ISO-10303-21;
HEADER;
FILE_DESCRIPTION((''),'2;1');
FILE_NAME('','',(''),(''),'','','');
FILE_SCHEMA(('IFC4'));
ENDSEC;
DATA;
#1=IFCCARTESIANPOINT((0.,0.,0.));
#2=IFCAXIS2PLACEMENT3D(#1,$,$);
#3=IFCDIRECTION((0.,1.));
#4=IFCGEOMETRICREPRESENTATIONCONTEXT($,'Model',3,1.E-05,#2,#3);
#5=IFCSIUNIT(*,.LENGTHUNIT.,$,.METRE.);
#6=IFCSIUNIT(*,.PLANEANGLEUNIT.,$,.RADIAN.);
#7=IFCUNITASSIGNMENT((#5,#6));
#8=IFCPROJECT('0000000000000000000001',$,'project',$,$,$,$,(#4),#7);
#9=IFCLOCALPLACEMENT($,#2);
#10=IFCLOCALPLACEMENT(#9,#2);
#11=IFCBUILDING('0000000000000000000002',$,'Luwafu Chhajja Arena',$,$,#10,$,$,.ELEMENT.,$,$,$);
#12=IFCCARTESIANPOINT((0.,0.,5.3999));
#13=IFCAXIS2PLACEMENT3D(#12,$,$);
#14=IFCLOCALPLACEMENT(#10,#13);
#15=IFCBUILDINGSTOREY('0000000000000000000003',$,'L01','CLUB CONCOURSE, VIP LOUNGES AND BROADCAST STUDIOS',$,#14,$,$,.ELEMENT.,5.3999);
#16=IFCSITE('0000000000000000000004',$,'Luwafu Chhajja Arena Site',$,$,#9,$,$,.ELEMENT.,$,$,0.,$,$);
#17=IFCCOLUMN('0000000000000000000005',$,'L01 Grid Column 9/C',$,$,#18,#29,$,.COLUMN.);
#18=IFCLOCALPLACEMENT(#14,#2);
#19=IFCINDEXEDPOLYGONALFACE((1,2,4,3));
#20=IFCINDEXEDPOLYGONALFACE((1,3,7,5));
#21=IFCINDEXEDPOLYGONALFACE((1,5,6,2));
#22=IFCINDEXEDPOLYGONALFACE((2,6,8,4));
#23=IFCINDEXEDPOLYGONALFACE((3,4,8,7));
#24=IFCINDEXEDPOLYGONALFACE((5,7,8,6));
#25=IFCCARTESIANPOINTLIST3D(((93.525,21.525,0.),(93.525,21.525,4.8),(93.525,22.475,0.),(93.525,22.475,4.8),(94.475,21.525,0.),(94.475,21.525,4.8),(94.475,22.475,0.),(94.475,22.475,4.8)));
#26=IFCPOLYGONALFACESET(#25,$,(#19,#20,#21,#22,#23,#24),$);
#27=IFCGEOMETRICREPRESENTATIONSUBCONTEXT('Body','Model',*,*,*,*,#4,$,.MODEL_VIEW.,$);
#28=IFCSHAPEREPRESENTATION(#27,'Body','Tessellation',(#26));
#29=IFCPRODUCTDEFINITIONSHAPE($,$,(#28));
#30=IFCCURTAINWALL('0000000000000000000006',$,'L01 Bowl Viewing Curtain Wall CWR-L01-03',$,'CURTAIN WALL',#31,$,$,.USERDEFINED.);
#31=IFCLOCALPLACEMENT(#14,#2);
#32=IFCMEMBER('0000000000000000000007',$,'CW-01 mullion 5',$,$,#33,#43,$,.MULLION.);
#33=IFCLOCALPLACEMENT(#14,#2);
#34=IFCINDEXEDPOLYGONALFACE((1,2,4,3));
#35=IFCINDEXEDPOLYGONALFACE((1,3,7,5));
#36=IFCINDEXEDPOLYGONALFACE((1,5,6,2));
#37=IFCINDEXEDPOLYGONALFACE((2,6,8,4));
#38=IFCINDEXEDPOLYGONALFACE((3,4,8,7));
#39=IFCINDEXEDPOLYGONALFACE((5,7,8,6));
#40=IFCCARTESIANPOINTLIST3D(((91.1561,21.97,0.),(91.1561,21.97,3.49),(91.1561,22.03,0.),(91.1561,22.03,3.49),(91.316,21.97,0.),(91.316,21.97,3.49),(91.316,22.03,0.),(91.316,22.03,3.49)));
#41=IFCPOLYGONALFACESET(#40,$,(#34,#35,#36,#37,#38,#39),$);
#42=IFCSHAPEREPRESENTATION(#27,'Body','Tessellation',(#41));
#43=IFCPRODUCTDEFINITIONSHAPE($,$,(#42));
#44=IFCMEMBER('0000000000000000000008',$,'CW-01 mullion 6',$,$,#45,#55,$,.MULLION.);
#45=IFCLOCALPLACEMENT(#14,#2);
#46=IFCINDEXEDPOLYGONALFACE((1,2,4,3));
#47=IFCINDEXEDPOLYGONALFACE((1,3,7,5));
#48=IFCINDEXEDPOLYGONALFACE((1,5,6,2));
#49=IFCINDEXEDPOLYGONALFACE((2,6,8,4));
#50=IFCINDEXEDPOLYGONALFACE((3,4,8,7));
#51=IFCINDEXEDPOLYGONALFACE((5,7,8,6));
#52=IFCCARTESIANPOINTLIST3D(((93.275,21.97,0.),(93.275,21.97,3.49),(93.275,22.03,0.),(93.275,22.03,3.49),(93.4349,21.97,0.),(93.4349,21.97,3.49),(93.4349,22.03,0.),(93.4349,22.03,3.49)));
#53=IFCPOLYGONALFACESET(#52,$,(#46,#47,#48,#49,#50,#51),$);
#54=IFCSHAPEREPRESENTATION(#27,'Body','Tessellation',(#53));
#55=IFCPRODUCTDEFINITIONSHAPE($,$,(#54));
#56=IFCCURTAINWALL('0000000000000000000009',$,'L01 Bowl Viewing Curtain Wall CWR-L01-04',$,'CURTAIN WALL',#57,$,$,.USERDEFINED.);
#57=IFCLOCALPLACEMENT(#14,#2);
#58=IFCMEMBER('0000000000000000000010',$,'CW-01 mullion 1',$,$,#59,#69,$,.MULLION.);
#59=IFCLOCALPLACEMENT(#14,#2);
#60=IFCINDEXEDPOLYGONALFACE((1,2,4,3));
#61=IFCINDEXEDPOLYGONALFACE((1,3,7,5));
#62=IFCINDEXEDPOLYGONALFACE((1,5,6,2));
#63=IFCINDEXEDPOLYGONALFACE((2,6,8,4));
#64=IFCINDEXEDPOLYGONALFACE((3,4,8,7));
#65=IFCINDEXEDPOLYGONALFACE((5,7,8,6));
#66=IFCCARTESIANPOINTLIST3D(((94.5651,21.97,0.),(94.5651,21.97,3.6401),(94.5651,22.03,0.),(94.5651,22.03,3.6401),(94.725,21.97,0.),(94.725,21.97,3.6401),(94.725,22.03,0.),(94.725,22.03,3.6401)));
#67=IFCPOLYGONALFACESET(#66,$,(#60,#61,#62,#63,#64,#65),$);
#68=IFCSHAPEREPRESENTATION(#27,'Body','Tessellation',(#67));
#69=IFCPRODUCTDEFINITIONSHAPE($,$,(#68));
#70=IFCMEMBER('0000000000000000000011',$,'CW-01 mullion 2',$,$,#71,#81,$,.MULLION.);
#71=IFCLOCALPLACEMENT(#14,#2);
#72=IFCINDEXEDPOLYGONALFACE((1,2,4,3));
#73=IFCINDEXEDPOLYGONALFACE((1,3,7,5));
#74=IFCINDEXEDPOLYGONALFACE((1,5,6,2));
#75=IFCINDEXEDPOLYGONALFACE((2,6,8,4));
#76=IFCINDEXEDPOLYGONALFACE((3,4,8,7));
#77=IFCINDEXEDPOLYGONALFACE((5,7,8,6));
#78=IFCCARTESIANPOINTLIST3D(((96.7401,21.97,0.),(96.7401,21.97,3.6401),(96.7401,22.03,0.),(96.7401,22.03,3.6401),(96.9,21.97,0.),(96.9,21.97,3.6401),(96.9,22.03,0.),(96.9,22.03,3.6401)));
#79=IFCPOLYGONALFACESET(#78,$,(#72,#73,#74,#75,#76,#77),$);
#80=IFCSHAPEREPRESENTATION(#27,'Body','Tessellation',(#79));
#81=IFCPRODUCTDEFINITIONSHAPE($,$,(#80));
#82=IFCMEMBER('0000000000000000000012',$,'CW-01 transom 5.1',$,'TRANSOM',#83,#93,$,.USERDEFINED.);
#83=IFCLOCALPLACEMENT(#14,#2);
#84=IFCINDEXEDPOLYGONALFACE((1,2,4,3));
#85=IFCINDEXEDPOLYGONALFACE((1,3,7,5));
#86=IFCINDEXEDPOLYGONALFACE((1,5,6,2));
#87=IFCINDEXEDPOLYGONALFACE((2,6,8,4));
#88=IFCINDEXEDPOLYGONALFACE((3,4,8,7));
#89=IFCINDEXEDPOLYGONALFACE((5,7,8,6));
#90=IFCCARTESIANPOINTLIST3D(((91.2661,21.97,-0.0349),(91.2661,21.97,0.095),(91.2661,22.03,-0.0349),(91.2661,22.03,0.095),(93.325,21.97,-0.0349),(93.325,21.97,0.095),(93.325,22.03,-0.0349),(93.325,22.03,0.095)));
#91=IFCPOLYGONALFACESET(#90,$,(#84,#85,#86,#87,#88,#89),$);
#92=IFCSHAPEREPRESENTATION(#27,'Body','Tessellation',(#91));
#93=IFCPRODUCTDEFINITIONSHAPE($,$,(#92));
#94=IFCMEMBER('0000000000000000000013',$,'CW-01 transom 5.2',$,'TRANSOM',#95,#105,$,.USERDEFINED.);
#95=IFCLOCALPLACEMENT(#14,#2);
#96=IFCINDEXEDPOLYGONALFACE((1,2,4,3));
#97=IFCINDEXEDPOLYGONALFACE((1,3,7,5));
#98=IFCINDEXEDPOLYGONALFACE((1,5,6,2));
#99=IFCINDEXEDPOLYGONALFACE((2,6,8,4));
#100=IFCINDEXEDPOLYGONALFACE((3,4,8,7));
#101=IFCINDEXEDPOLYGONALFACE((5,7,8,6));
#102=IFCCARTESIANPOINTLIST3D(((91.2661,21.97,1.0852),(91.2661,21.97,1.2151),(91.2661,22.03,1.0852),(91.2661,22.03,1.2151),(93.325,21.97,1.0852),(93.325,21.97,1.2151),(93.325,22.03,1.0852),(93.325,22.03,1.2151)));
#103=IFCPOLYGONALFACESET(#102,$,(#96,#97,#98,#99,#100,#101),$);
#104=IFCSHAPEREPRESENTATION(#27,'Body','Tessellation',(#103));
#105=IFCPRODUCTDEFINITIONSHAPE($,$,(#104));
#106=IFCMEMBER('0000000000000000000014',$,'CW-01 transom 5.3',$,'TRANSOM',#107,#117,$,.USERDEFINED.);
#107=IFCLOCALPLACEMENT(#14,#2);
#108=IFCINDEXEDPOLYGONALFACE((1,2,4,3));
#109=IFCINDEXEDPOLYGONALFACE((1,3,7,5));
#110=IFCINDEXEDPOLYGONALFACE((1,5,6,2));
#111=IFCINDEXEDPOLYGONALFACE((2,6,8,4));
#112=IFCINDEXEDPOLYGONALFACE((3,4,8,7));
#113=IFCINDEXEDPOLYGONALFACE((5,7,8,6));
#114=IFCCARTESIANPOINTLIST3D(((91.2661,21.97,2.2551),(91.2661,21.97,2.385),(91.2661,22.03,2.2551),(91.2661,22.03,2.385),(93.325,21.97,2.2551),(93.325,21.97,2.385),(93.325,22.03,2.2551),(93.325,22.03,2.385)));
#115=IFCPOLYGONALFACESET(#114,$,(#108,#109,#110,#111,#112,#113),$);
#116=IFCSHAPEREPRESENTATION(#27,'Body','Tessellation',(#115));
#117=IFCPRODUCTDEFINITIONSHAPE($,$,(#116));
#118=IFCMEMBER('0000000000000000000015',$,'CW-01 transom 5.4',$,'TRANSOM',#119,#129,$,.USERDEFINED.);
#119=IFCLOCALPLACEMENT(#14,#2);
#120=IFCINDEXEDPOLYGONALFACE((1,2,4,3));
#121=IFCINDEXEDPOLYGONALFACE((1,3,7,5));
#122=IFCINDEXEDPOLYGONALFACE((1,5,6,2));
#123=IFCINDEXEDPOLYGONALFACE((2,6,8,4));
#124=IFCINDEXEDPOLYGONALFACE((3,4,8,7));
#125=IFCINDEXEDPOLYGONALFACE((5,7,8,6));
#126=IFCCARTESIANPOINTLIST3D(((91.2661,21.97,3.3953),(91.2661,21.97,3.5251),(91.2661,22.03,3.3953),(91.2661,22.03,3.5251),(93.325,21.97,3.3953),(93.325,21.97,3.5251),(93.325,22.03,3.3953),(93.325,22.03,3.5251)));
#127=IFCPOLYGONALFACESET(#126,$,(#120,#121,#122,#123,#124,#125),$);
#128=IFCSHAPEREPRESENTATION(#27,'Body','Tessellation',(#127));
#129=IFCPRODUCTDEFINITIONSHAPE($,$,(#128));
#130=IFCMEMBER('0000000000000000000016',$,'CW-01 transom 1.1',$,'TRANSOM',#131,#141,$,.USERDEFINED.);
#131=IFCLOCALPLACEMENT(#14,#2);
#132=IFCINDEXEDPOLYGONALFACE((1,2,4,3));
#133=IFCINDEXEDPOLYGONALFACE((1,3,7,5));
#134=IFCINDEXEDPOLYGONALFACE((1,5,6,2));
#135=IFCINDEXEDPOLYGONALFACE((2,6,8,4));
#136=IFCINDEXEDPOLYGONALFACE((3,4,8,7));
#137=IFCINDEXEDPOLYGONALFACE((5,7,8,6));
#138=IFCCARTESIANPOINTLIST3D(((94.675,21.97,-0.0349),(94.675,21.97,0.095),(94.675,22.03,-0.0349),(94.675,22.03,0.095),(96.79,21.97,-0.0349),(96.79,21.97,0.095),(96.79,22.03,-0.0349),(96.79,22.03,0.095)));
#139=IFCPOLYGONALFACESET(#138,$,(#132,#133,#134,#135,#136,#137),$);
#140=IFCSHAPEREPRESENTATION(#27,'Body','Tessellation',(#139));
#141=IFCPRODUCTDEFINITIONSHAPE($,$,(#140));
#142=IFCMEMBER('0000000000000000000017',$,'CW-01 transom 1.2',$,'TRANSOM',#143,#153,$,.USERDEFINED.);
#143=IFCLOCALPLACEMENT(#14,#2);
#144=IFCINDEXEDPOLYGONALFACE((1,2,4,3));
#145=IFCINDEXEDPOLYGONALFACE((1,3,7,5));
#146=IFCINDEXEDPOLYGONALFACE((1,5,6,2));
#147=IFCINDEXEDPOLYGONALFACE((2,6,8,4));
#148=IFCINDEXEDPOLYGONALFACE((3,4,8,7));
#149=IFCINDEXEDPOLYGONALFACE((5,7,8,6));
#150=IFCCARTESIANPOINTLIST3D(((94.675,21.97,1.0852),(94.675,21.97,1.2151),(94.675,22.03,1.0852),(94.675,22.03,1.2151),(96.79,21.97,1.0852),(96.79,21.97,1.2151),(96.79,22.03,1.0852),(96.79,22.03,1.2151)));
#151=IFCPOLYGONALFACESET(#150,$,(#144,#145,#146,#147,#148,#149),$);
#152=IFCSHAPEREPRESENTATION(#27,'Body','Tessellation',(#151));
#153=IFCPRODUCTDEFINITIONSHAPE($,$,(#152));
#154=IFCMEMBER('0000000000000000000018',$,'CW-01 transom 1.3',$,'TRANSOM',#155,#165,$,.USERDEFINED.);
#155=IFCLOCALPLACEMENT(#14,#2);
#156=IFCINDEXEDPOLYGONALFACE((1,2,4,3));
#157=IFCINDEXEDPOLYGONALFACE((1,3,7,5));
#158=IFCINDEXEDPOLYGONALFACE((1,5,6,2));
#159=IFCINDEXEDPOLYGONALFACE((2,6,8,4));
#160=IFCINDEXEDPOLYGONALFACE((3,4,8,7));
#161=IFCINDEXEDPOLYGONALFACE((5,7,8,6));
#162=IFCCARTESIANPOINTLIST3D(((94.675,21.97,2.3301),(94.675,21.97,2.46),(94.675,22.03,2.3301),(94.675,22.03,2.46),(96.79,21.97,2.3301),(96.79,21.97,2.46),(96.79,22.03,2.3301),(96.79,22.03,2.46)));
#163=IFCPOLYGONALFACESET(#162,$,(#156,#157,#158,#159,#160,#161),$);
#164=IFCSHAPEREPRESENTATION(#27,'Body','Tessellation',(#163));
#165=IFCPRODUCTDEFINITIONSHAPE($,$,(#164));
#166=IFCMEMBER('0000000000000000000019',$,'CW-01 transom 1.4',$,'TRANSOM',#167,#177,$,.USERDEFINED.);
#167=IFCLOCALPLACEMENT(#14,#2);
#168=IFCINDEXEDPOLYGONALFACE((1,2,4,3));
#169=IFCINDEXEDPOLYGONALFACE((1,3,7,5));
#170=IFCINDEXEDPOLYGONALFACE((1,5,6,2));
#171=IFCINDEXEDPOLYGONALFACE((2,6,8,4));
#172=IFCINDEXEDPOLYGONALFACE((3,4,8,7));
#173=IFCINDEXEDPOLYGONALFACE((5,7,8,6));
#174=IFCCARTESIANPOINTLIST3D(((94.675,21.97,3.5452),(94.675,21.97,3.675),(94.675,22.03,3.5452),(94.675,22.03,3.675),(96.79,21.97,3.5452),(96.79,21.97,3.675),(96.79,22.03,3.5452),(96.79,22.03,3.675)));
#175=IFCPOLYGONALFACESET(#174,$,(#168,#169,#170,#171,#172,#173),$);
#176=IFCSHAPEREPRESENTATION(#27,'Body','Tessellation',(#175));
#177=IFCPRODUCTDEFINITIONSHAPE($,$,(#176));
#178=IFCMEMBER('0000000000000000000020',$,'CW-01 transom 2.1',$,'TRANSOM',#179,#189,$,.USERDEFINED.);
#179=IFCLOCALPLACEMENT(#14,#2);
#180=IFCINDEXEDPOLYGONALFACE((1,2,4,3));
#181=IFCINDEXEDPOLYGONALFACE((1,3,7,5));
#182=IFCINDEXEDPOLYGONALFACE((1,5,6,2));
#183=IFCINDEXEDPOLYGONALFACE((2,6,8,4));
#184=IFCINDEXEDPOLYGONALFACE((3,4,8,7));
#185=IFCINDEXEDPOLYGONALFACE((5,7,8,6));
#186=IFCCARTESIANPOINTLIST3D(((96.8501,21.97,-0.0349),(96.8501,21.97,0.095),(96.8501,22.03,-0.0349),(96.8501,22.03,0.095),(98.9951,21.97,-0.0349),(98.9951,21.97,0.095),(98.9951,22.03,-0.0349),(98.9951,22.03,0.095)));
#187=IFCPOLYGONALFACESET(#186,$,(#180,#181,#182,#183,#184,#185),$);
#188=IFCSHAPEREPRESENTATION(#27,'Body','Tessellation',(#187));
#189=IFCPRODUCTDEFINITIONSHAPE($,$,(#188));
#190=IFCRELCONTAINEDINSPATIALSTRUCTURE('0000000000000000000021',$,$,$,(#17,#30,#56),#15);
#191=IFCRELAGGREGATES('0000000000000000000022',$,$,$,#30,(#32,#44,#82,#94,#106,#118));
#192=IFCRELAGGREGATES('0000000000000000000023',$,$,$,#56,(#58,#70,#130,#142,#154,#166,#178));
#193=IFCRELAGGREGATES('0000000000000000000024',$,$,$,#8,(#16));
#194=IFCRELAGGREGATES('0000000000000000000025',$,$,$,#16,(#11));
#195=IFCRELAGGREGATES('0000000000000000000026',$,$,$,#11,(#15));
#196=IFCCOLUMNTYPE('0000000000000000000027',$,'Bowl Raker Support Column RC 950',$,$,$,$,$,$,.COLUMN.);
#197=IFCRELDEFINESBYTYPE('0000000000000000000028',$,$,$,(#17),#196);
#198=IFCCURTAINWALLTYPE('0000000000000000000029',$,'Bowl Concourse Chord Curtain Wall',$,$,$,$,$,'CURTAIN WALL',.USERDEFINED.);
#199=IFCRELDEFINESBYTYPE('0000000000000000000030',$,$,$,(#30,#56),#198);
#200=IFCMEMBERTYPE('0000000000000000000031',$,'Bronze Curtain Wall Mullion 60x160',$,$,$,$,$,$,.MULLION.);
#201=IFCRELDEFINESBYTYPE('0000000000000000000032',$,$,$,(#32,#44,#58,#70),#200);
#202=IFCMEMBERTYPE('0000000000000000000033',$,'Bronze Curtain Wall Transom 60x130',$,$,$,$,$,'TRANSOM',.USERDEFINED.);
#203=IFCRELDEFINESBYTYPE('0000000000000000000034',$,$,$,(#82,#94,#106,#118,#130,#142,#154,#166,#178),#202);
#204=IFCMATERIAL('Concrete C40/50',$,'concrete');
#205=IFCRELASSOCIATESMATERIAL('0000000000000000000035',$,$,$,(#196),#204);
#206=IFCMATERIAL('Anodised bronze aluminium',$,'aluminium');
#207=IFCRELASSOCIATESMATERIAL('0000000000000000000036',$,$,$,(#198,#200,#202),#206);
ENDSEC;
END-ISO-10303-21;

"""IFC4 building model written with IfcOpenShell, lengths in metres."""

from ifc_helpers import new_model, si_unit, direction, frame, origin, origin_2d, place, context, subcontext, project, spatial, rectangle, extrude, material, material_profile, profile_set, type_object, element, aggregate, save


model = new_model("IFC4")

# Units and contexts
model_context = context("Model", 3, precision=1e-05, world=origin(), true_north=direction((0.0, 1.0)))
body_context = subcontext(model_context, "Body", "Model", "MODEL_VIEW")
ifc_project = project(units=[si_unit("LENGTHUNIT", "METRE"), si_unit("PLANEANGLEUNIT", "RADIAN")], contexts=[model_context])

# Site, building, storey
site_placement = place(None, origin())
site = spatial("IfcSite", under=ifc_project, at=site_placement, Name="Luwafu Chhajja Arena Site", CompositionType="ELEMENT", RefElevation=0.0)
building_placement = place(site_placement, origin())
building = spatial("IfcBuilding", under=site, at=building_placement, Name="Luwafu Chhajja Arena", CompositionType="ELEMENT")
storey_placement = place(building_placement, frame((0.0, 0.0, 5.3999)))
storey = spatial("IfcBuildingStorey", under=building, at=storey_placement, Name="L01", Description="CLUB CONCOURSE, VIP LOUNGES AND BROADCAST STUDIOS", CompositionType="ELEMENT", Elevation=5.3999)

# Column
ifc_material_1 = material(Name="Concrete C40/50", Category="concrete")
ifc_material_profile_1 = material_profile(ifc_material_1, rectangle(XDim=0.95, YDim=0.95, at=origin_2d()), Name="RC 950x950")
ifc_profile_set_1 = profile_set([ifc_material_profile_1], Name="Concrete C40/50")
column_type = type_object("IfcColumnType", Name="Bowl Raker Support Column RC 950", PredefinedType="COLUMN", material=ifc_profile_set_1)
column_placement = place(storey_placement, frame((94.0, 22.0, 0.0), z_axis=(0.0, 0.0, 1.0), x_axis=(1.0, 0.0, 0.0)))
element("IfcColumn", 1, at=column_placement, inside=storey, type_object=column_type, Name="L01 Grid Column 9/C", PredefinedType="COLUMN", context=body_context, shape_type="SweptSolid", body=[
    extrude(rectangle(XDim=0.95, YDim=0.95, at=origin_2d()), origin(), (0.0, 0.0, 1.0), 4.8),
])

# Curtain walls, members
ifc_material_2 = material(Name="Anodised bronze aluminium", Category="aluminium")
curtain_wall_type = type_object("IfcCurtainWallType", Name="Bowl Concourse Chord Curtain Wall", ElementType="CURTAIN WALL", PredefinedType="USERDEFINED", material=ifc_material_2)
curtain_wall_1_placement = place(storey_placement, origin())
curtain_wall_1 = element("IfcCurtainWall", 2, at=curtain_wall_1_placement, inside=storey, type_object=curtain_wall_type, Name="L01 Bowl Viewing Curtain Wall CWR-L01-03", ObjectType="CURTAIN WALL", PredefinedType="USERDEFINED")
ifc_material_profile_2 = material_profile(ifc_material_2, rectangle(XDim=0.0601, YDim=0.1599, at=origin_2d()), Name="CWM 60x160")
ifc_profile_set_2 = profile_set([ifc_material_profile_2], Name="Anodised bronze aluminium")
member_type_1 = type_object("IfcMemberType", Name="Bronze Curtain Wall Mullion 60x160", PredefinedType="MULLION", material=ifc_profile_set_2)
member_1_placement = place(storey_placement, frame((91.2361, 22.0, 0.0), z_axis=(0.0, 0.0, 1.0), x_axis=(0.0, 1.0, 0.0)))
member_1 = element("IfcMember", 3, at=member_1_placement, type_object=member_type_1, Name="CW-01 mullion 5", PredefinedType="MULLION", context=body_context, shape_type="SweptSolid", body=[
    extrude(rectangle(XDim=0.0601, YDim=0.1599, at=origin_2d()), origin(), (0.0, 0.0, 1.0), 3.49),
])
member_2_placement = place(storey_placement, frame((93.355, 22.0, 0.0), z_axis=(0.0, 0.0, 1.0), x_axis=(0.0, 1.0, 0.0)))
member_2 = element("IfcMember", 4, at=member_2_placement, type_object=member_type_1, Name="CW-01 mullion 6", PredefinedType="MULLION", context=body_context, shape_type="SweptSolid", body=[
    extrude(rectangle(XDim=0.0601, YDim=0.1599, at=origin_2d()), origin(), (0.0, 0.0, 1.0), 3.49),
])
curtain_wall_2_placement = place(storey_placement, origin())
curtain_wall_2 = element("IfcCurtainWall", 5, at=curtain_wall_2_placement, inside=storey, type_object=curtain_wall_type, Name="L01 Bowl Viewing Curtain Wall CWR-L01-04", ObjectType="CURTAIN WALL", PredefinedType="USERDEFINED")
member_3_placement = place(storey_placement, frame((94.645, 22.0, 0.0), z_axis=(0.0, 0.0, 1.0), x_axis=(0.0, 1.0, 0.0)))
member_3 = element("IfcMember", 6, at=member_3_placement, type_object=member_type_1, Name="CW-01 mullion 1", PredefinedType="MULLION", context=body_context, shape_type="SweptSolid", body=[
    extrude(rectangle(XDim=0.0601, YDim=0.1599, at=origin_2d()), origin(), (0.0, 0.0, 1.0), 3.6401),
])
member_4_placement = place(storey_placement, frame((96.8201, 22.0, 0.0), z_axis=(0.0, 0.0, 1.0), x_axis=(0.0, 1.0, 0.0)))
member_4 = element("IfcMember", 7, at=member_4_placement, type_object=member_type_1, Name="CW-01 mullion 2", PredefinedType="MULLION", context=body_context, shape_type="SweptSolid", body=[
    extrude(rectangle(XDim=0.0601, YDim=0.1599, at=origin_2d()), origin(), (0.0, 0.0, 1.0), 3.6401),
])

# Members
ifc_material_profile_3 = material_profile(ifc_material_2, rectangle(XDim=0.0601, YDim=0.1299, at=origin_2d()), Name="CWT 60x130")
ifc_profile_set_3 = profile_set([ifc_material_profile_3], Name="Anodised bronze aluminium")
member_type_2 = type_object("IfcMemberType", Name="Bronze Curtain Wall Transom 60x130", ElementType="TRANSOM", PredefinedType="USERDEFINED", material=ifc_profile_set_3)
member_5_placement = place(storey_placement, frame((91.2661, 22.0, 0.03), z_axis=(1.0, 0.0, 0.0), x_axis=(0.0, 1.0, 0.0)))
member_5 = element("IfcMember", 8, at=member_5_placement, type_object=member_type_2, Name="CW-01 transom 5.1", ObjectType="TRANSOM", PredefinedType="USERDEFINED", context=body_context, shape_type="SweptSolid", body=[
    extrude(rectangle(XDim=0.0601, YDim=0.1299, at=origin_2d()), origin(), (0.0, 0.0, 1.0), 2.0588),
])
member_6_placement = place(storey_placement, frame((91.2661, 22.0, 1.1501), z_axis=(1.0, 0.0, 0.0), x_axis=(0.0, 1.0, 0.0)))
member_6 = element("IfcMember", 9, at=member_6_placement, type_object=member_type_2, Name="CW-01 transom 5.2", ObjectType="TRANSOM", PredefinedType="USERDEFINED", context=body_context, shape_type="SweptSolid", body=[
    extrude(rectangle(XDim=0.0601, YDim=0.1299, at=origin_2d()), origin(), (0.0, 0.0, 1.0), 2.0588),
])
member_7_placement = place(storey_placement, frame((91.2661, 22.0, 2.3201), z_axis=(1.0, 0.0, 0.0), x_axis=(0.0, 1.0, 0.0)))
member_7 = element("IfcMember", 10, at=member_7_placement, type_object=member_type_2, Name="CW-01 transom 5.3", ObjectType="TRANSOM", PredefinedType="USERDEFINED", context=body_context, shape_type="SweptSolid", body=[
    extrude(rectangle(XDim=0.0601, YDim=0.1299, at=origin_2d()), origin(), (0.0, 0.0, 1.0), 2.0588),
])
member_8_placement = place(storey_placement, frame((91.2661, 22.0, 3.4602), z_axis=(1.0, 0.0, 0.0), x_axis=(0.0, 1.0, 0.0)))
member_8 = element("IfcMember", 11, at=member_8_placement, type_object=member_type_2, Name="CW-01 transom 5.4", ObjectType="TRANSOM", PredefinedType="USERDEFINED", context=body_context, shape_type="SweptSolid", body=[
    extrude(rectangle(XDim=0.0601, YDim=0.1299, at=origin_2d()), origin(), (0.0, 0.0, 1.0), 2.0588),
])
member_9_placement = place(storey_placement, frame((94.675, 22.0, 0.03), z_axis=(1.0, 0.0, 0.0), x_axis=(0.0, 1.0, 0.0)))
member_9 = element("IfcMember", 12, at=member_9_placement, type_object=member_type_2, Name="CW-01 transom 1.1", ObjectType="TRANSOM", PredefinedType="USERDEFINED", context=body_context, shape_type="SweptSolid", body=[
    extrude(rectangle(XDim=0.0601, YDim=0.1299, at=origin_2d()), origin(), (0.0, 0.0, 1.0), 2.115),
])
member_10_placement = place(storey_placement, frame((94.675, 22.0, 1.1501), z_axis=(1.0, 0.0, 0.0), x_axis=(0.0, 1.0, 0.0)))
member_10 = element("IfcMember", 13, at=member_10_placement, type_object=member_type_2, Name="CW-01 transom 1.2", ObjectType="TRANSOM", PredefinedType="USERDEFINED", context=body_context, shape_type="SweptSolid", body=[
    extrude(rectangle(XDim=0.0601, YDim=0.1299, at=origin_2d()), origin(), (0.0, 0.0, 1.0), 2.115),
])
member_11_placement = place(storey_placement, frame((94.675, 22.0, 2.395), z_axis=(1.0, 0.0, 0.0), x_axis=(0.0, 1.0, 0.0)))
member_11 = element("IfcMember", 14, at=member_11_placement, type_object=member_type_2, Name="CW-01 transom 1.3", ObjectType="TRANSOM", PredefinedType="USERDEFINED", context=body_context, shape_type="SweptSolid", body=[
    extrude(rectangle(XDim=0.0601, YDim=0.1299, at=origin_2d()), origin(), (0.0, 0.0, 1.0), 2.115),
])
member_12_placement = place(storey_placement, frame((94.675, 22.0, 3.6101), z_axis=(1.0, 0.0, 0.0), x_axis=(0.0, 1.0, 0.0)))
member_12 = element("IfcMember", 15, at=member_12_placement, type_object=member_type_2, Name="CW-01 transom 1.4", ObjectType="TRANSOM", PredefinedType="USERDEFINED", context=body_context, shape_type="SweptSolid", body=[
    extrude(rectangle(XDim=0.0601, YDim=0.1299, at=origin_2d()), origin(), (0.0, 0.0, 1.0), 2.115),
])
member_13_placement = place(storey_placement, frame((96.8501, 22.0, 0.03), z_axis=(1.0, 0.0, 0.0), x_axis=(0.0, 1.0, 0.0)))
member_13 = element("IfcMember", 16, at=member_13_placement, type_object=member_type_2, Name="CW-01 transom 2.1", ObjectType="TRANSOM", PredefinedType="USERDEFINED", context=body_context, shape_type="SweptSolid", body=[
    extrude(rectangle(XDim=0.0601, YDim=0.1299, at=origin_2d()), origin(), (0.0, 0.0, 1.0), 2.145),
])

aggregate(curtain_wall_1, [member_1, member_2, member_5, member_6, member_7, member_8])
aggregate(curtain_wall_2, [member_3, member_4, member_9, member_10, member_11, member_12, member_13])

save(model, "model.ifc")
